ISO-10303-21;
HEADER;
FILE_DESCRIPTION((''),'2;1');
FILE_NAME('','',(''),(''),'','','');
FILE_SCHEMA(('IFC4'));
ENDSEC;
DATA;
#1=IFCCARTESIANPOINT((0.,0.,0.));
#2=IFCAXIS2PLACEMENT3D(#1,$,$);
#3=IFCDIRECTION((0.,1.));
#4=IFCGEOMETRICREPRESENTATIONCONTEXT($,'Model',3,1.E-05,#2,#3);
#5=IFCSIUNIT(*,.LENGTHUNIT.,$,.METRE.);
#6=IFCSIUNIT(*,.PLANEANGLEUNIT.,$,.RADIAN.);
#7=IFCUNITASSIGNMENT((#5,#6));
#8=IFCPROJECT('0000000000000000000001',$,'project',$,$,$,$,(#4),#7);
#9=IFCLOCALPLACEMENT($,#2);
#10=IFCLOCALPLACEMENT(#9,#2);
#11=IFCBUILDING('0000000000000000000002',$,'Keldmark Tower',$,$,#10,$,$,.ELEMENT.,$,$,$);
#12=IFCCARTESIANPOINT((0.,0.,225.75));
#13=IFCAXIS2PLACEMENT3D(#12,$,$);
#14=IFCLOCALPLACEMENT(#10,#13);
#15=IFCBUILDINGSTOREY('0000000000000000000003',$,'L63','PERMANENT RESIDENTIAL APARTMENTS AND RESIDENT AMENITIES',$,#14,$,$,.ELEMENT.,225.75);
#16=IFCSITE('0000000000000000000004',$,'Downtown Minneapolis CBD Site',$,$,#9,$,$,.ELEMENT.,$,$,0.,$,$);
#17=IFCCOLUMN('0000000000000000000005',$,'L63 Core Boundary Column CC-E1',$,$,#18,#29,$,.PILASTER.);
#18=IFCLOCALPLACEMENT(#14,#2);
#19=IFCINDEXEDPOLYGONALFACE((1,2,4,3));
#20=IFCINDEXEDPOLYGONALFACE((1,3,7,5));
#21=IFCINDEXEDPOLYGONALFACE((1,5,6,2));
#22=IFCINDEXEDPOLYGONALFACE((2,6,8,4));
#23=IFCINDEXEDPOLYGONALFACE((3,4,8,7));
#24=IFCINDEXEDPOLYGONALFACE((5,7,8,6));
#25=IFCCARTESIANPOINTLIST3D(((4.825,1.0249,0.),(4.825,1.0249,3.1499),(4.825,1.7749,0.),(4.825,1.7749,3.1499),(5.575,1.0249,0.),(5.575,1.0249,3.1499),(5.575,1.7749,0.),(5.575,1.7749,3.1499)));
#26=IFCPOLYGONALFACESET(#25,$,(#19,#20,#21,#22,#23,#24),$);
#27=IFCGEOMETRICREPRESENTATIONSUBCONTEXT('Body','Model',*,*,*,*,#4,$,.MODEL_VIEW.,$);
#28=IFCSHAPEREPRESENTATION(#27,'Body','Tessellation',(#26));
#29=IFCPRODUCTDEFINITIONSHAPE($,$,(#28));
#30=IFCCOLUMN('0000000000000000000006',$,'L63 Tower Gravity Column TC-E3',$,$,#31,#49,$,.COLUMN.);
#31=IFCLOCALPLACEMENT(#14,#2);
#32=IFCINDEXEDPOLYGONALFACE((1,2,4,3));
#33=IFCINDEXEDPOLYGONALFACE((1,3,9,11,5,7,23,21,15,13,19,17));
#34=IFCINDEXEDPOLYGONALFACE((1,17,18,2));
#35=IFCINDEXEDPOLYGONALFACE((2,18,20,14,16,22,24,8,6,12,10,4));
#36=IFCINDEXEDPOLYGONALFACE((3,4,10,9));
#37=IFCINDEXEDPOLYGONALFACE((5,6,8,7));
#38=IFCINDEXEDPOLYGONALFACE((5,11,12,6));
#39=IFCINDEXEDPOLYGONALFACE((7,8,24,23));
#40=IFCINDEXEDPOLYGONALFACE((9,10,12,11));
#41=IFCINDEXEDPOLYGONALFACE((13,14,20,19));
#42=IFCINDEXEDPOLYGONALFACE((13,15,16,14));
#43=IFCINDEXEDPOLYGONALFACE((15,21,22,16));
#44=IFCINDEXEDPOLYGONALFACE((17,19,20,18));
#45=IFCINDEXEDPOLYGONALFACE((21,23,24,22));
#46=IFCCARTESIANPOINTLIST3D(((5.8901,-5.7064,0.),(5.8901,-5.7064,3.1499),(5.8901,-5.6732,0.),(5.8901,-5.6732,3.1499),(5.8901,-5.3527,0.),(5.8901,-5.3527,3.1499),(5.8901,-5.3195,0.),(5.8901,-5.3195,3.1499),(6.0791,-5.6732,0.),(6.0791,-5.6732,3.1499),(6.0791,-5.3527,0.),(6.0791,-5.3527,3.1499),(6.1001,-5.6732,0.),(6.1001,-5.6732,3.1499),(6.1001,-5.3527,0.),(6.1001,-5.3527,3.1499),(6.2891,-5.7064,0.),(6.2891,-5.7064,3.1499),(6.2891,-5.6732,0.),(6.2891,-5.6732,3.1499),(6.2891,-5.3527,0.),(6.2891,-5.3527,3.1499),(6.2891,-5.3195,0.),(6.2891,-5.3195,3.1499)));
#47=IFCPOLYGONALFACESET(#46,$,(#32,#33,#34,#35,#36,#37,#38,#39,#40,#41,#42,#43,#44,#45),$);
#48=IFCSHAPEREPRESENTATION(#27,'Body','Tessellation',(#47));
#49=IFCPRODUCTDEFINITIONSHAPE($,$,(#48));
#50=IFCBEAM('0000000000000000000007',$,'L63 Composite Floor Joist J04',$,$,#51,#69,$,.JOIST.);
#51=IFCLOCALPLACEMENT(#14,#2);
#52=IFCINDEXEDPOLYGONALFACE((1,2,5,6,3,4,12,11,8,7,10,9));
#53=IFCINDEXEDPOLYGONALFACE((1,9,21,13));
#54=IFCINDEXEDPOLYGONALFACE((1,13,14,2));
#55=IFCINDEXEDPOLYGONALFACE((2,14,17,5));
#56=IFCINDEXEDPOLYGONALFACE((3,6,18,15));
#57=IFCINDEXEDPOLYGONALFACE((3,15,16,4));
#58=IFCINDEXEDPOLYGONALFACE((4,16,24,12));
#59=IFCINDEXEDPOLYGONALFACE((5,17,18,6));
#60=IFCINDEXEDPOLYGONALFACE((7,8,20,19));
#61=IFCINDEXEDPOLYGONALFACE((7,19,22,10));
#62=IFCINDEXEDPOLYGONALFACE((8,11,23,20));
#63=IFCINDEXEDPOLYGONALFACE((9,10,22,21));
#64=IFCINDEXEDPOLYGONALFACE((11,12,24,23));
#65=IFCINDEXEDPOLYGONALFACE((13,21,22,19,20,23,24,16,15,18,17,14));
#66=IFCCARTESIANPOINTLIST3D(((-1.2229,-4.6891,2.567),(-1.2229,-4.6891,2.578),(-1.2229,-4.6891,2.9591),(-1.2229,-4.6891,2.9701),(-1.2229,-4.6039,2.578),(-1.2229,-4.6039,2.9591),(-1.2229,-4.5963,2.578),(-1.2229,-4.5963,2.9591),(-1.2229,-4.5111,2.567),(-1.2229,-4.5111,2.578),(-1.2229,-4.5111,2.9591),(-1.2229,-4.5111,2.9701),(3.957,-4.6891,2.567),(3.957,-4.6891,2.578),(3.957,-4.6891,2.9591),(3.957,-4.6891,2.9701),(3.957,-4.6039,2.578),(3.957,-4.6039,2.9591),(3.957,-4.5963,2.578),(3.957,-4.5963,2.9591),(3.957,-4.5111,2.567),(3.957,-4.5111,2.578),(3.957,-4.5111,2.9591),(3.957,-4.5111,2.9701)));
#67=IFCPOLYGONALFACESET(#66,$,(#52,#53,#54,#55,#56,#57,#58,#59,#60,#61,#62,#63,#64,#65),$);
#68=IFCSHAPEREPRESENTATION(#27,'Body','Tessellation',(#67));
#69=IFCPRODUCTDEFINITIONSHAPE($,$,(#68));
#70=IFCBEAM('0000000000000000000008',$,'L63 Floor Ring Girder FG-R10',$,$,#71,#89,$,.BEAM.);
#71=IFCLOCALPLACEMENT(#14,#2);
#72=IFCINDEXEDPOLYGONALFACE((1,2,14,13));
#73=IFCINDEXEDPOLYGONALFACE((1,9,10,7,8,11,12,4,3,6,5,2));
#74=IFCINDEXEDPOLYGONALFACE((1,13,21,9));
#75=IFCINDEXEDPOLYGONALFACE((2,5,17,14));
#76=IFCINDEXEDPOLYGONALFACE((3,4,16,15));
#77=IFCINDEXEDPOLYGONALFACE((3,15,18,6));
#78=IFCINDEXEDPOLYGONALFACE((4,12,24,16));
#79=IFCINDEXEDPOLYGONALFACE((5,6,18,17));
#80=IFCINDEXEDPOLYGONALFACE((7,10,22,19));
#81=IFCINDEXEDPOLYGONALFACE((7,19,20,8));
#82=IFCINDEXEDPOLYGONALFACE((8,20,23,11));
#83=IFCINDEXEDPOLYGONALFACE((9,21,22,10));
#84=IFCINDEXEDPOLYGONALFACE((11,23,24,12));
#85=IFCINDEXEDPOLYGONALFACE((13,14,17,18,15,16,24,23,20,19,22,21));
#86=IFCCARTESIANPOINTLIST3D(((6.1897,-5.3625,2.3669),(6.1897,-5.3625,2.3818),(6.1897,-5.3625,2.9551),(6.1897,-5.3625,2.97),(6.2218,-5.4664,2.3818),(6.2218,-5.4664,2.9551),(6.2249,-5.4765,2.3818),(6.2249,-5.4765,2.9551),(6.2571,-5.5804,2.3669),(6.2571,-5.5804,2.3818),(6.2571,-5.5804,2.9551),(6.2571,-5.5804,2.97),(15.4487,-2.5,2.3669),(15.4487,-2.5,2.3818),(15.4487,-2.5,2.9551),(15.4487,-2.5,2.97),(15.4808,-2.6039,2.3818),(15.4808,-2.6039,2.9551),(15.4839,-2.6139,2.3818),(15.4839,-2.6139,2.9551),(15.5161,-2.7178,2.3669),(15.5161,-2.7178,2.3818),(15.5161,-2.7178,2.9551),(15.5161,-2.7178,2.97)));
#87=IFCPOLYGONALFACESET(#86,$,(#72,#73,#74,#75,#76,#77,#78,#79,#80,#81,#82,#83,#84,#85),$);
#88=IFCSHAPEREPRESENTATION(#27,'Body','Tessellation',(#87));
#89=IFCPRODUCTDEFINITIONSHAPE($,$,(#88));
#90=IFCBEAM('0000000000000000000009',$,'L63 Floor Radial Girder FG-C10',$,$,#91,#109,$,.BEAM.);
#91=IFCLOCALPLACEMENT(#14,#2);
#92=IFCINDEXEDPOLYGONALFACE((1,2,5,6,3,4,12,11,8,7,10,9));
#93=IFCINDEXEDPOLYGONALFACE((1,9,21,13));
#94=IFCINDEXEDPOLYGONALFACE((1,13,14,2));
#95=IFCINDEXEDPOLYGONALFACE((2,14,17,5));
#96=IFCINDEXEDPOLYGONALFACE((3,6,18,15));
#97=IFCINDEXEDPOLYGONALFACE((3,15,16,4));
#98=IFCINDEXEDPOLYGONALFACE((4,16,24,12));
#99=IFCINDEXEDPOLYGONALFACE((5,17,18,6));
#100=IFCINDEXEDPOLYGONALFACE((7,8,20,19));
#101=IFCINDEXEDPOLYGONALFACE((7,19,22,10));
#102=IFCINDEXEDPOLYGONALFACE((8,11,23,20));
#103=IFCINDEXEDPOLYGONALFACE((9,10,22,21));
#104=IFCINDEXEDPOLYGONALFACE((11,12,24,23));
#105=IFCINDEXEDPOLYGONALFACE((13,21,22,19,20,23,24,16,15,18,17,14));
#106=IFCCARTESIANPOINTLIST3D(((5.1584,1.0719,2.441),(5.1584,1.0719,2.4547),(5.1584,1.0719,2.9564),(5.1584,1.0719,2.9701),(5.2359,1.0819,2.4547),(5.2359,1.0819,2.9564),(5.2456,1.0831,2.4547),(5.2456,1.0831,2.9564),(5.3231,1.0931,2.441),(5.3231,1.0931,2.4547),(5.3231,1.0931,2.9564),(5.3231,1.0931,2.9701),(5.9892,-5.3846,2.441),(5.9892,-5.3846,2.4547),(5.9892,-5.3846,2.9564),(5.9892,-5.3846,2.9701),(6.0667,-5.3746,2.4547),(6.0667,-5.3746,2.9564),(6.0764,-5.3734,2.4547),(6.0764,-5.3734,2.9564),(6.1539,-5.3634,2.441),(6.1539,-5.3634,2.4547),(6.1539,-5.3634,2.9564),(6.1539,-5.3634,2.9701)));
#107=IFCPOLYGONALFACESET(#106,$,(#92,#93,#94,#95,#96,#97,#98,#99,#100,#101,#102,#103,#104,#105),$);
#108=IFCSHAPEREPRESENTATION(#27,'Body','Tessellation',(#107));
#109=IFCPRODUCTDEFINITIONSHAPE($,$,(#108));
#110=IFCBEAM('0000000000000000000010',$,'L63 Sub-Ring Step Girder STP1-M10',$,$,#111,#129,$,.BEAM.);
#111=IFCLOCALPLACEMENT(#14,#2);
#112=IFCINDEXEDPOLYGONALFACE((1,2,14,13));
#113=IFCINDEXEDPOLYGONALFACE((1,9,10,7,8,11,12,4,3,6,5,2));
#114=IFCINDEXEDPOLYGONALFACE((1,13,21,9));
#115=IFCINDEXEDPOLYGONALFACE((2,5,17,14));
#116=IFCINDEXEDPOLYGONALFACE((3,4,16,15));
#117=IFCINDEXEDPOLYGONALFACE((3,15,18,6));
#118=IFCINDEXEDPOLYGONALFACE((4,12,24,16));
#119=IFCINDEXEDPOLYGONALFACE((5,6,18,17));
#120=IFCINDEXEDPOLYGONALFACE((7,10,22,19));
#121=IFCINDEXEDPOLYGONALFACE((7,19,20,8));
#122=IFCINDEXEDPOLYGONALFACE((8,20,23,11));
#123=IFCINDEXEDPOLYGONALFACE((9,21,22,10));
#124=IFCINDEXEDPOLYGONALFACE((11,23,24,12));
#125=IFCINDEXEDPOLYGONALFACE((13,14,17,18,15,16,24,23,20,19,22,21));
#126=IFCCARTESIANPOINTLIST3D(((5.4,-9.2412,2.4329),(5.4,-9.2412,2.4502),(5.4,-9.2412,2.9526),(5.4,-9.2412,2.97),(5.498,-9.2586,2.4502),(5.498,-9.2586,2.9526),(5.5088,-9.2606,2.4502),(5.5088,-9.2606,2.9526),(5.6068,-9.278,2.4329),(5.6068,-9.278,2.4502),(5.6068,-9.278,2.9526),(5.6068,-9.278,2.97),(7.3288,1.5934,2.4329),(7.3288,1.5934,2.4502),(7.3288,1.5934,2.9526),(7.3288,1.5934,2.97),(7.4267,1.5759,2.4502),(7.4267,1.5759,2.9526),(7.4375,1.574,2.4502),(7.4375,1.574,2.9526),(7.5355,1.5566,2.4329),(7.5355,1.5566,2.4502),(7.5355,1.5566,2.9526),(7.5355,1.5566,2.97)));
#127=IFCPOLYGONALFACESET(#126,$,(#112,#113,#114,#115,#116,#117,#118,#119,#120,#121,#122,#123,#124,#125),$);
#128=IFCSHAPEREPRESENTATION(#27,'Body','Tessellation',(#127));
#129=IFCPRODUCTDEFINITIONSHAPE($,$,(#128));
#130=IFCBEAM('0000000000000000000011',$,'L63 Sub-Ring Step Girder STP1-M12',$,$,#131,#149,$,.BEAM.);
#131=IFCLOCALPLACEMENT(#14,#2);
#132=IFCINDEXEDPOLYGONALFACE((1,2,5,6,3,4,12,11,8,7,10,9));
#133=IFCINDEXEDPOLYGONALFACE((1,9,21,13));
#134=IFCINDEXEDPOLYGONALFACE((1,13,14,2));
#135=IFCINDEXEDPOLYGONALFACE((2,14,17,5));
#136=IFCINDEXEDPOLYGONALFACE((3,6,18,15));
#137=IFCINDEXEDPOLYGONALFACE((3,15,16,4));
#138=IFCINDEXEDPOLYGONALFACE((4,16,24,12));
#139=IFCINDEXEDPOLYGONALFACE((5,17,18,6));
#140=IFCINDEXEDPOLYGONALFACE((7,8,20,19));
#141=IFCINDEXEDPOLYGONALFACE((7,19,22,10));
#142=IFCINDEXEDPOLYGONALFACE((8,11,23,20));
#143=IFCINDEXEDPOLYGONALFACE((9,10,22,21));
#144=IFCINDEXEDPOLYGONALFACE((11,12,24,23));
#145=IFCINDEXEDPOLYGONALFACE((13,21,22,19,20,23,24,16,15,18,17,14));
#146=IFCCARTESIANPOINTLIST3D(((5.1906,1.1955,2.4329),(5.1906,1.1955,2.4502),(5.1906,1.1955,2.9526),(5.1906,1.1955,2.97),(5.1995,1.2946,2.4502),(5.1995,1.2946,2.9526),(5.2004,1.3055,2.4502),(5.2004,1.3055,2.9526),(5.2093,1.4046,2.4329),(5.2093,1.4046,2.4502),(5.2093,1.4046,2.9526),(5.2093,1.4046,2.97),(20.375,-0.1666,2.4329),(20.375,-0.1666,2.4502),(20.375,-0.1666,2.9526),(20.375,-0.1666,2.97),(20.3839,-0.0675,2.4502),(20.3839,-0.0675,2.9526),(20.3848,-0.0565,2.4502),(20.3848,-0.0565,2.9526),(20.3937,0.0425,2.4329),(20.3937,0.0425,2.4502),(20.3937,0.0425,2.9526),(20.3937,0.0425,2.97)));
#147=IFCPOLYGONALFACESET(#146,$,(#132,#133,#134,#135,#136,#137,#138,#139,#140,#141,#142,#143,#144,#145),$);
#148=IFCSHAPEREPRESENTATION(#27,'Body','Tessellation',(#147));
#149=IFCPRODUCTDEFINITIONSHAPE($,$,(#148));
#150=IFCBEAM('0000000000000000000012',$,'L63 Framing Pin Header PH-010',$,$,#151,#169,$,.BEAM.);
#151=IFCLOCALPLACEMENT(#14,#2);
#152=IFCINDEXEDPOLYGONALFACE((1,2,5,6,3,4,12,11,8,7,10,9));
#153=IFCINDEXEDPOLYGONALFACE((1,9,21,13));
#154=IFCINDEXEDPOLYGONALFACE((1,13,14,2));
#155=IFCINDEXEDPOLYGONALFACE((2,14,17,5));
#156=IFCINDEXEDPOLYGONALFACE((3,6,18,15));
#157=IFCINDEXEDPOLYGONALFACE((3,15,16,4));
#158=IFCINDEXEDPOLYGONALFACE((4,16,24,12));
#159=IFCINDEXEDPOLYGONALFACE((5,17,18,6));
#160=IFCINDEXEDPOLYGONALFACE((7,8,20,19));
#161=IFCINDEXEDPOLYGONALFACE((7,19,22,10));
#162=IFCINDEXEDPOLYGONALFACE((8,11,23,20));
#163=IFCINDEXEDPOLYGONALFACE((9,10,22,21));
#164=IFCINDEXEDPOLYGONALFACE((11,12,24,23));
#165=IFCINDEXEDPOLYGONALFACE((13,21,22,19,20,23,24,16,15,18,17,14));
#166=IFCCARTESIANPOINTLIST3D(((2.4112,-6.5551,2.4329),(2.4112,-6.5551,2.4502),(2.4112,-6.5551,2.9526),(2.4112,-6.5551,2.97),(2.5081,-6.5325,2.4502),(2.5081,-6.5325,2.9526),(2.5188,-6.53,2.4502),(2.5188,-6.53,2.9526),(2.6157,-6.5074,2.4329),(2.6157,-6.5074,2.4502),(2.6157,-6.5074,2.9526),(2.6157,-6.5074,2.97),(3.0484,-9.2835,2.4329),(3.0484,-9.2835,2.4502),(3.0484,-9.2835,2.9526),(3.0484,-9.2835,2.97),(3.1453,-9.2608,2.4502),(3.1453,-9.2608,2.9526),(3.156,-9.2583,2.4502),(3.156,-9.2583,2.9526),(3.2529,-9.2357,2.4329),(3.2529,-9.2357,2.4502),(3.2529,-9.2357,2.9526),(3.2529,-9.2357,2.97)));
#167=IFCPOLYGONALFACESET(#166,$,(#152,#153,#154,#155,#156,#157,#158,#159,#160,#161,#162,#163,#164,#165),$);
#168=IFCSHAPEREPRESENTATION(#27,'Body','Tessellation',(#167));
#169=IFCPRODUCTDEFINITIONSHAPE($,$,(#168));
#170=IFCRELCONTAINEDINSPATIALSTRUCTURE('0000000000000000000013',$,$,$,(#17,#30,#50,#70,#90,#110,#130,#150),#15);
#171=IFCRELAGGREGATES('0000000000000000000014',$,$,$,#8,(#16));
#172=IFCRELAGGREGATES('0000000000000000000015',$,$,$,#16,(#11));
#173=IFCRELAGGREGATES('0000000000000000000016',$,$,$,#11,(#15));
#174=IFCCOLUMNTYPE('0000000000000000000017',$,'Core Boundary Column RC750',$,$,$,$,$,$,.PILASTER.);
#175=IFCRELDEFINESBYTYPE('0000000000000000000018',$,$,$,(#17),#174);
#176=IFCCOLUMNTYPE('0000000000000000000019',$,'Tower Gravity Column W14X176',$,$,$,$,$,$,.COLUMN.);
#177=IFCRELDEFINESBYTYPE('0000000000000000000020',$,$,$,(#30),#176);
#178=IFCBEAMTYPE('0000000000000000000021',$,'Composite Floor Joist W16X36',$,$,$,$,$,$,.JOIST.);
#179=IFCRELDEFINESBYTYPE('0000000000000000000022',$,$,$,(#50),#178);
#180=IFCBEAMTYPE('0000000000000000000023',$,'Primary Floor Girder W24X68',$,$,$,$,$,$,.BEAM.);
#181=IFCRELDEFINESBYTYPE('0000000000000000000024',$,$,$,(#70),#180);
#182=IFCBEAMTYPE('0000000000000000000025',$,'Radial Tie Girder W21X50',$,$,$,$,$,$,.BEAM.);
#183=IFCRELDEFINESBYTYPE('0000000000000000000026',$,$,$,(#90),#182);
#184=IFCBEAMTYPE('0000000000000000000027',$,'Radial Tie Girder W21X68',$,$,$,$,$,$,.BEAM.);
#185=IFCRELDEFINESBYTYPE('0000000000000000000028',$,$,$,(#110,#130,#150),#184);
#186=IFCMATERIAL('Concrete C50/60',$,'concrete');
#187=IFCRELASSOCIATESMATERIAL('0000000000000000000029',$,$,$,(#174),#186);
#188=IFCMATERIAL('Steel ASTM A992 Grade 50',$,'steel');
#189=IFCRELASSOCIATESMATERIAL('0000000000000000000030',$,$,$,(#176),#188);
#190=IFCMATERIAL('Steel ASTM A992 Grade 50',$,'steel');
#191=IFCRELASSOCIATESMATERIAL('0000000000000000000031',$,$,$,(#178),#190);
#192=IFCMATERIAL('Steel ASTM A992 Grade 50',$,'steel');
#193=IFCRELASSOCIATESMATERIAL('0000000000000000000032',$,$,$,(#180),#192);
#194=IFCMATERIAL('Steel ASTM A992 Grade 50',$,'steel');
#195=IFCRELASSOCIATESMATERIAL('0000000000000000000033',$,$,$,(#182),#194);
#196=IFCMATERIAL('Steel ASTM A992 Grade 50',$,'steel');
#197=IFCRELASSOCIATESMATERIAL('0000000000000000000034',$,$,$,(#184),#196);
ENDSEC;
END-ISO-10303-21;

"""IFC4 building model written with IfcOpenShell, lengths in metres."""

from ifc_helpers import new_model, si_unit, direction, frame, origin, origin_2d, place, context, subcontext, project, spatial, rectangle, i_section, extrude, material, material_profile, profile_set, type_object, element, save


model = new_model("IFC4")

# Units and contexts
model_context = context("Model", 3, precision=1e-05, world=origin(), true_north=direction((0.0, 1.0)))
body_context = subcontext(model_context, "Body", "Model", "MODEL_VIEW")
ifc_project = project(units=[si_unit("LENGTHUNIT", "METRE"), si_unit("PLANEANGLEUNIT", "RADIAN")], contexts=[model_context])

# Site, building, storey
site_placement = place(None, origin())
site = spatial("IfcSite", under=ifc_project, at=site_placement, Name="Downtown Minneapolis CBD Site", CompositionType="ELEMENT", RefElevation=0.0)
building_placement = place(site_placement, origin())
building = spatial("IfcBuilding", under=site, at=building_placement, Name="Keldmark Tower", CompositionType="ELEMENT")
storey_placement = place(building_placement, frame((0.0, 0.0, 225.75)))
storey = spatial("IfcBuildingStorey", under=building, at=storey_placement, Name="L63", Description="PERMANENT RESIDENTIAL APARTMENTS AND RESIDENT AMENITIES", CompositionType="ELEMENT", Elevation=225.75)

# Columns
ifc_material_1 = material(Name="Concrete C50/60", Category="concrete")
ifc_material_profile_1 = material_profile(ifc_material_1, rectangle(XDim=0.75, YDim=0.75, at=origin_2d()), Name="RC750X750")
ifc_profile_set_1 = profile_set([ifc_material_profile_1], Name="Concrete C50/60")
column_type_1 = type_object("IfcColumnType", Name="Core Boundary Column RC750", PredefinedType="PILASTER", material=ifc_profile_set_1)
column_1_placement = place(storey_placement, frame((5.2, 1.3999, 0.0), z_axis=(0.0, 0.0, 1.0), x_axis=(1.0, 0.0, 0.0)))
element("IfcColumn", 1, at=column_1_placement, inside=storey, type_object=column_type_1, Name="L63 Core Boundary Column CC-E1", PredefinedType="PILASTER", context=body_context, shape_type="SweptSolid", body=[
    extrude(rectangle(XDim=0.75, YDim=0.75, at=origin_2d()), origin(), (0.0, 0.0, 1.0), 3.1499),
])
ifc_material_2 = material(Name="Steel ASTM A992 Grade 50", Category="steel")
ifc_material_profile_2 = material_profile(ifc_material_2, i_section(OverallWidth=0.3989, OverallDepth=0.387, WebThickness=0.021, FlangeThickness=0.0332, at=origin_2d()), Name="W14X176")
ifc_profile_set_2 = profile_set([ifc_material_profile_2], Name="Steel ASTM A992 Grade 50")
column_type_2 = type_object("IfcColumnType", Name="Tower Gravity Column W14X176", PredefinedType="COLUMN", material=ifc_profile_set_2)
column_2_placement = place(storey_placement, frame((6.0896, -5.5129, 0.0), z_axis=(0.0, 0.0, 1.0), x_axis=(1.0, 0.0, 0.0)))
element("IfcColumn", 2, at=column_2_placement, inside=storey, type_object=column_type_2, Name="L63 Tower Gravity Column TC-E3", PredefinedType="COLUMN", context=body_context, shape_type="SweptSolid", body=[
    extrude(i_section(OverallWidth=0.3989, OverallDepth=0.387, WebThickness=0.021, FlangeThickness=0.0332, at=origin_2d()), origin(), (0.0, 0.0, 1.0), 3.1499),
])

# Beams
ifc_material_3 = material(Name="Steel ASTM A992 Grade 50", Category="steel")
ifc_material_profile_3 = material_profile(ifc_material_3, i_section(OverallWidth=0.178, OverallDepth=0.4031, WebThickness=0.0076, FlangeThickness=0.011, at=origin_2d()), Name="W16X36")
ifc_profile_set_3 = profile_set([ifc_material_profile_3], Name="Steel ASTM A992 Grade 50")
beam_type_1 = type_object("IfcBeamType", Name="Composite Floor Joist W16X36", PredefinedType="JOIST", material=ifc_profile_set_3)
beam_1_placement = place(storey_placement, frame((-1.2229, -4.6001, 2.7686), z_axis=(1.0, 0.0, 0.0), x_axis=(0.0, 1.0, 0.0)))
element("IfcBeam", 3, at=beam_1_placement, inside=storey, type_object=beam_type_1, Name="L63 Composite Floor Joist J04", PredefinedType="JOIST", context=body_context, shape_type="SweptSolid", body=[
    extrude(i_section(OverallWidth=0.178, OverallDepth=0.4031, WebThickness=0.0076, FlangeThickness=0.011, at=origin_2d()), origin(), (0.0, 0.0, 1.0), 5.1799),
])
ifc_material_4 = material(Name="Steel ASTM A992 Grade 50", Category="steel")
ifc_material_profile_4 = material_profile(ifc_material_4, i_section(OverallWidth=0.228, OverallDepth=0.603, WebThickness=0.0105, FlangeThickness=0.0149, at=origin_2d()), Name="W24X68")
ifc_profile_set_4 = profile_set([ifc_material_profile_4], Name="Steel ASTM A992 Grade 50")
beam_type_2 = type_object("IfcBeamType", Name="Primary Floor Girder W24X68", PredefinedType="BEAM", material=ifc_profile_set_4)
beam_2_placement = place(storey_placement, frame((6.2234, -5.4714, 2.6685), z_axis=(0.955383, 0.295369, 0.0), x_axis=(-0.295369, 0.955383, 0.0)))
element("IfcBeam", 4, at=beam_2_placement, inside=storey, type_object=beam_type_2, Name="L63 Floor Ring Girder FG-R10", PredefinedType="BEAM", context=body_context, shape_type="SweptSolid", body=[
    extrude(i_section(OverallWidth=0.228, OverallDepth=0.603, WebThickness=0.0105, FlangeThickness=0.0149, at=origin_2d()), origin(), (0.0, 0.0, 1.0), 9.6914),
])
ifc_material_5 = material(Name="Steel ASTM A992 Grade 50", Category="steel")
ifc_material_profile_5 = material_profile(ifc_material_5, i_section(OverallWidth=0.166, OverallDepth=0.5291, WebThickness=0.0098, FlangeThickness=0.0137, at=origin_2d()), Name="W21X50")
ifc_profile_set_5 = profile_set([ifc_material_profile_5], Name="Steel ASTM A992 Grade 50")
beam_type_3 = type_object("IfcBeamType", Name="Radial Tie Girder W21X50", PredefinedType="BEAM", material=ifc_profile_set_5)
beam_3_placement = place(storey_placement, frame((6.0715, -5.374, 2.7056), z_axis=(-0.127625, 0.991822, 0.0), x_axis=(-0.991822, -0.127625, 0.0)))
element("IfcBeam", 5, at=beam_3_placement, inside=storey, type_object=beam_type_3, Name="L63 Floor Radial Girder FG-C10", PredefinedType="BEAM", context=body_context, shape_type="SweptSolid", body=[
    extrude(i_section(OverallWidth=0.166, OverallDepth=0.5291, WebThickness=0.0098, FlangeThickness=0.0137, at=origin_2d()), origin(), (0.0, 0.0, 1.0), 6.5098),
])
ifc_material_6 = material(Name="Steel ASTM A992 Grade 50", Category="steel")
ifc_material_profile_6 = material_profile(ifc_material_6, i_section(OverallWidth=0.21, OverallDepth=0.5371, WebThickness=0.011, FlangeThickness=0.0173, at=origin_2d()), Name="W21X68")
ifc_profile_set_6 = profile_set([ifc_material_profile_6], Name="Steel ASTM A992 Grade 50")
beam_type_4 = type_object("IfcBeamType", Name="Radial Tie Girder W21X68", PredefinedType="BEAM", material=ifc_profile_set_6)
beam_4_placement = place(storey_placement, frame((7.4321, 1.575, 2.7014), z_axis=(-0.175261, -0.984522, 0.0), x_axis=(0.984522, -0.175261, 0.0)))
element("IfcBeam", 6, at=beam_4_placement, inside=storey, type_object=beam_type_4, Name="L63 Sub-Ring Step Girder STP1-M10", PredefinedType="BEAM", context=body_context, shape_type="SweptSolid", body=[
    extrude(i_section(OverallWidth=0.21, OverallDepth=0.5371, WebThickness=0.011, FlangeThickness=0.0173, at=origin_2d()), origin(), (0.0, 0.0, 1.0), 11.0049),
])
beam_5_placement = place(storey_placement, frame((5.2, 1.3, 2.7014), z_axis=(0.996001, -0.089343, 0.0), x_axis=(0.089343, 0.996001, 0.0)))
element("IfcBeam", 7, at=beam_5_placement, inside=storey, type_object=beam_type_4, Name="L63 Sub-Ring Step Girder STP1-M12", PredefinedType="BEAM", context=body_context, shape_type="SweptSolid", body=[
    extrude(i_section(OverallWidth=0.21, OverallDepth=0.5371, WebThickness=0.011, FlangeThickness=0.0173, at=origin_2d()), origin(), (0.0, 0.0, 1.0), 15.2454),
])
beam_6_placement = place(storey_placement, frame((2.5134, -6.5312, 2.7014), z_axis=(0.227436, -0.973793, 0.0), x_axis=(0.973793, 0.227436, 0.0)))
element("IfcBeam", 8, at=beam_6_placement, inside=storey, type_object=beam_type_4, Name="L63 Framing Pin Header PH-010", PredefinedType="BEAM", context=body_context, shape_type="SweptSolid", body=[
    extrude(i_section(OverallWidth=0.21, OverallDepth=0.5371, WebThickness=0.011, FlangeThickness=0.0173, at=origin_2d()), origin(), (0.0, 0.0, 1.0), 2.8018),
])

save(model, "model.ifc")
